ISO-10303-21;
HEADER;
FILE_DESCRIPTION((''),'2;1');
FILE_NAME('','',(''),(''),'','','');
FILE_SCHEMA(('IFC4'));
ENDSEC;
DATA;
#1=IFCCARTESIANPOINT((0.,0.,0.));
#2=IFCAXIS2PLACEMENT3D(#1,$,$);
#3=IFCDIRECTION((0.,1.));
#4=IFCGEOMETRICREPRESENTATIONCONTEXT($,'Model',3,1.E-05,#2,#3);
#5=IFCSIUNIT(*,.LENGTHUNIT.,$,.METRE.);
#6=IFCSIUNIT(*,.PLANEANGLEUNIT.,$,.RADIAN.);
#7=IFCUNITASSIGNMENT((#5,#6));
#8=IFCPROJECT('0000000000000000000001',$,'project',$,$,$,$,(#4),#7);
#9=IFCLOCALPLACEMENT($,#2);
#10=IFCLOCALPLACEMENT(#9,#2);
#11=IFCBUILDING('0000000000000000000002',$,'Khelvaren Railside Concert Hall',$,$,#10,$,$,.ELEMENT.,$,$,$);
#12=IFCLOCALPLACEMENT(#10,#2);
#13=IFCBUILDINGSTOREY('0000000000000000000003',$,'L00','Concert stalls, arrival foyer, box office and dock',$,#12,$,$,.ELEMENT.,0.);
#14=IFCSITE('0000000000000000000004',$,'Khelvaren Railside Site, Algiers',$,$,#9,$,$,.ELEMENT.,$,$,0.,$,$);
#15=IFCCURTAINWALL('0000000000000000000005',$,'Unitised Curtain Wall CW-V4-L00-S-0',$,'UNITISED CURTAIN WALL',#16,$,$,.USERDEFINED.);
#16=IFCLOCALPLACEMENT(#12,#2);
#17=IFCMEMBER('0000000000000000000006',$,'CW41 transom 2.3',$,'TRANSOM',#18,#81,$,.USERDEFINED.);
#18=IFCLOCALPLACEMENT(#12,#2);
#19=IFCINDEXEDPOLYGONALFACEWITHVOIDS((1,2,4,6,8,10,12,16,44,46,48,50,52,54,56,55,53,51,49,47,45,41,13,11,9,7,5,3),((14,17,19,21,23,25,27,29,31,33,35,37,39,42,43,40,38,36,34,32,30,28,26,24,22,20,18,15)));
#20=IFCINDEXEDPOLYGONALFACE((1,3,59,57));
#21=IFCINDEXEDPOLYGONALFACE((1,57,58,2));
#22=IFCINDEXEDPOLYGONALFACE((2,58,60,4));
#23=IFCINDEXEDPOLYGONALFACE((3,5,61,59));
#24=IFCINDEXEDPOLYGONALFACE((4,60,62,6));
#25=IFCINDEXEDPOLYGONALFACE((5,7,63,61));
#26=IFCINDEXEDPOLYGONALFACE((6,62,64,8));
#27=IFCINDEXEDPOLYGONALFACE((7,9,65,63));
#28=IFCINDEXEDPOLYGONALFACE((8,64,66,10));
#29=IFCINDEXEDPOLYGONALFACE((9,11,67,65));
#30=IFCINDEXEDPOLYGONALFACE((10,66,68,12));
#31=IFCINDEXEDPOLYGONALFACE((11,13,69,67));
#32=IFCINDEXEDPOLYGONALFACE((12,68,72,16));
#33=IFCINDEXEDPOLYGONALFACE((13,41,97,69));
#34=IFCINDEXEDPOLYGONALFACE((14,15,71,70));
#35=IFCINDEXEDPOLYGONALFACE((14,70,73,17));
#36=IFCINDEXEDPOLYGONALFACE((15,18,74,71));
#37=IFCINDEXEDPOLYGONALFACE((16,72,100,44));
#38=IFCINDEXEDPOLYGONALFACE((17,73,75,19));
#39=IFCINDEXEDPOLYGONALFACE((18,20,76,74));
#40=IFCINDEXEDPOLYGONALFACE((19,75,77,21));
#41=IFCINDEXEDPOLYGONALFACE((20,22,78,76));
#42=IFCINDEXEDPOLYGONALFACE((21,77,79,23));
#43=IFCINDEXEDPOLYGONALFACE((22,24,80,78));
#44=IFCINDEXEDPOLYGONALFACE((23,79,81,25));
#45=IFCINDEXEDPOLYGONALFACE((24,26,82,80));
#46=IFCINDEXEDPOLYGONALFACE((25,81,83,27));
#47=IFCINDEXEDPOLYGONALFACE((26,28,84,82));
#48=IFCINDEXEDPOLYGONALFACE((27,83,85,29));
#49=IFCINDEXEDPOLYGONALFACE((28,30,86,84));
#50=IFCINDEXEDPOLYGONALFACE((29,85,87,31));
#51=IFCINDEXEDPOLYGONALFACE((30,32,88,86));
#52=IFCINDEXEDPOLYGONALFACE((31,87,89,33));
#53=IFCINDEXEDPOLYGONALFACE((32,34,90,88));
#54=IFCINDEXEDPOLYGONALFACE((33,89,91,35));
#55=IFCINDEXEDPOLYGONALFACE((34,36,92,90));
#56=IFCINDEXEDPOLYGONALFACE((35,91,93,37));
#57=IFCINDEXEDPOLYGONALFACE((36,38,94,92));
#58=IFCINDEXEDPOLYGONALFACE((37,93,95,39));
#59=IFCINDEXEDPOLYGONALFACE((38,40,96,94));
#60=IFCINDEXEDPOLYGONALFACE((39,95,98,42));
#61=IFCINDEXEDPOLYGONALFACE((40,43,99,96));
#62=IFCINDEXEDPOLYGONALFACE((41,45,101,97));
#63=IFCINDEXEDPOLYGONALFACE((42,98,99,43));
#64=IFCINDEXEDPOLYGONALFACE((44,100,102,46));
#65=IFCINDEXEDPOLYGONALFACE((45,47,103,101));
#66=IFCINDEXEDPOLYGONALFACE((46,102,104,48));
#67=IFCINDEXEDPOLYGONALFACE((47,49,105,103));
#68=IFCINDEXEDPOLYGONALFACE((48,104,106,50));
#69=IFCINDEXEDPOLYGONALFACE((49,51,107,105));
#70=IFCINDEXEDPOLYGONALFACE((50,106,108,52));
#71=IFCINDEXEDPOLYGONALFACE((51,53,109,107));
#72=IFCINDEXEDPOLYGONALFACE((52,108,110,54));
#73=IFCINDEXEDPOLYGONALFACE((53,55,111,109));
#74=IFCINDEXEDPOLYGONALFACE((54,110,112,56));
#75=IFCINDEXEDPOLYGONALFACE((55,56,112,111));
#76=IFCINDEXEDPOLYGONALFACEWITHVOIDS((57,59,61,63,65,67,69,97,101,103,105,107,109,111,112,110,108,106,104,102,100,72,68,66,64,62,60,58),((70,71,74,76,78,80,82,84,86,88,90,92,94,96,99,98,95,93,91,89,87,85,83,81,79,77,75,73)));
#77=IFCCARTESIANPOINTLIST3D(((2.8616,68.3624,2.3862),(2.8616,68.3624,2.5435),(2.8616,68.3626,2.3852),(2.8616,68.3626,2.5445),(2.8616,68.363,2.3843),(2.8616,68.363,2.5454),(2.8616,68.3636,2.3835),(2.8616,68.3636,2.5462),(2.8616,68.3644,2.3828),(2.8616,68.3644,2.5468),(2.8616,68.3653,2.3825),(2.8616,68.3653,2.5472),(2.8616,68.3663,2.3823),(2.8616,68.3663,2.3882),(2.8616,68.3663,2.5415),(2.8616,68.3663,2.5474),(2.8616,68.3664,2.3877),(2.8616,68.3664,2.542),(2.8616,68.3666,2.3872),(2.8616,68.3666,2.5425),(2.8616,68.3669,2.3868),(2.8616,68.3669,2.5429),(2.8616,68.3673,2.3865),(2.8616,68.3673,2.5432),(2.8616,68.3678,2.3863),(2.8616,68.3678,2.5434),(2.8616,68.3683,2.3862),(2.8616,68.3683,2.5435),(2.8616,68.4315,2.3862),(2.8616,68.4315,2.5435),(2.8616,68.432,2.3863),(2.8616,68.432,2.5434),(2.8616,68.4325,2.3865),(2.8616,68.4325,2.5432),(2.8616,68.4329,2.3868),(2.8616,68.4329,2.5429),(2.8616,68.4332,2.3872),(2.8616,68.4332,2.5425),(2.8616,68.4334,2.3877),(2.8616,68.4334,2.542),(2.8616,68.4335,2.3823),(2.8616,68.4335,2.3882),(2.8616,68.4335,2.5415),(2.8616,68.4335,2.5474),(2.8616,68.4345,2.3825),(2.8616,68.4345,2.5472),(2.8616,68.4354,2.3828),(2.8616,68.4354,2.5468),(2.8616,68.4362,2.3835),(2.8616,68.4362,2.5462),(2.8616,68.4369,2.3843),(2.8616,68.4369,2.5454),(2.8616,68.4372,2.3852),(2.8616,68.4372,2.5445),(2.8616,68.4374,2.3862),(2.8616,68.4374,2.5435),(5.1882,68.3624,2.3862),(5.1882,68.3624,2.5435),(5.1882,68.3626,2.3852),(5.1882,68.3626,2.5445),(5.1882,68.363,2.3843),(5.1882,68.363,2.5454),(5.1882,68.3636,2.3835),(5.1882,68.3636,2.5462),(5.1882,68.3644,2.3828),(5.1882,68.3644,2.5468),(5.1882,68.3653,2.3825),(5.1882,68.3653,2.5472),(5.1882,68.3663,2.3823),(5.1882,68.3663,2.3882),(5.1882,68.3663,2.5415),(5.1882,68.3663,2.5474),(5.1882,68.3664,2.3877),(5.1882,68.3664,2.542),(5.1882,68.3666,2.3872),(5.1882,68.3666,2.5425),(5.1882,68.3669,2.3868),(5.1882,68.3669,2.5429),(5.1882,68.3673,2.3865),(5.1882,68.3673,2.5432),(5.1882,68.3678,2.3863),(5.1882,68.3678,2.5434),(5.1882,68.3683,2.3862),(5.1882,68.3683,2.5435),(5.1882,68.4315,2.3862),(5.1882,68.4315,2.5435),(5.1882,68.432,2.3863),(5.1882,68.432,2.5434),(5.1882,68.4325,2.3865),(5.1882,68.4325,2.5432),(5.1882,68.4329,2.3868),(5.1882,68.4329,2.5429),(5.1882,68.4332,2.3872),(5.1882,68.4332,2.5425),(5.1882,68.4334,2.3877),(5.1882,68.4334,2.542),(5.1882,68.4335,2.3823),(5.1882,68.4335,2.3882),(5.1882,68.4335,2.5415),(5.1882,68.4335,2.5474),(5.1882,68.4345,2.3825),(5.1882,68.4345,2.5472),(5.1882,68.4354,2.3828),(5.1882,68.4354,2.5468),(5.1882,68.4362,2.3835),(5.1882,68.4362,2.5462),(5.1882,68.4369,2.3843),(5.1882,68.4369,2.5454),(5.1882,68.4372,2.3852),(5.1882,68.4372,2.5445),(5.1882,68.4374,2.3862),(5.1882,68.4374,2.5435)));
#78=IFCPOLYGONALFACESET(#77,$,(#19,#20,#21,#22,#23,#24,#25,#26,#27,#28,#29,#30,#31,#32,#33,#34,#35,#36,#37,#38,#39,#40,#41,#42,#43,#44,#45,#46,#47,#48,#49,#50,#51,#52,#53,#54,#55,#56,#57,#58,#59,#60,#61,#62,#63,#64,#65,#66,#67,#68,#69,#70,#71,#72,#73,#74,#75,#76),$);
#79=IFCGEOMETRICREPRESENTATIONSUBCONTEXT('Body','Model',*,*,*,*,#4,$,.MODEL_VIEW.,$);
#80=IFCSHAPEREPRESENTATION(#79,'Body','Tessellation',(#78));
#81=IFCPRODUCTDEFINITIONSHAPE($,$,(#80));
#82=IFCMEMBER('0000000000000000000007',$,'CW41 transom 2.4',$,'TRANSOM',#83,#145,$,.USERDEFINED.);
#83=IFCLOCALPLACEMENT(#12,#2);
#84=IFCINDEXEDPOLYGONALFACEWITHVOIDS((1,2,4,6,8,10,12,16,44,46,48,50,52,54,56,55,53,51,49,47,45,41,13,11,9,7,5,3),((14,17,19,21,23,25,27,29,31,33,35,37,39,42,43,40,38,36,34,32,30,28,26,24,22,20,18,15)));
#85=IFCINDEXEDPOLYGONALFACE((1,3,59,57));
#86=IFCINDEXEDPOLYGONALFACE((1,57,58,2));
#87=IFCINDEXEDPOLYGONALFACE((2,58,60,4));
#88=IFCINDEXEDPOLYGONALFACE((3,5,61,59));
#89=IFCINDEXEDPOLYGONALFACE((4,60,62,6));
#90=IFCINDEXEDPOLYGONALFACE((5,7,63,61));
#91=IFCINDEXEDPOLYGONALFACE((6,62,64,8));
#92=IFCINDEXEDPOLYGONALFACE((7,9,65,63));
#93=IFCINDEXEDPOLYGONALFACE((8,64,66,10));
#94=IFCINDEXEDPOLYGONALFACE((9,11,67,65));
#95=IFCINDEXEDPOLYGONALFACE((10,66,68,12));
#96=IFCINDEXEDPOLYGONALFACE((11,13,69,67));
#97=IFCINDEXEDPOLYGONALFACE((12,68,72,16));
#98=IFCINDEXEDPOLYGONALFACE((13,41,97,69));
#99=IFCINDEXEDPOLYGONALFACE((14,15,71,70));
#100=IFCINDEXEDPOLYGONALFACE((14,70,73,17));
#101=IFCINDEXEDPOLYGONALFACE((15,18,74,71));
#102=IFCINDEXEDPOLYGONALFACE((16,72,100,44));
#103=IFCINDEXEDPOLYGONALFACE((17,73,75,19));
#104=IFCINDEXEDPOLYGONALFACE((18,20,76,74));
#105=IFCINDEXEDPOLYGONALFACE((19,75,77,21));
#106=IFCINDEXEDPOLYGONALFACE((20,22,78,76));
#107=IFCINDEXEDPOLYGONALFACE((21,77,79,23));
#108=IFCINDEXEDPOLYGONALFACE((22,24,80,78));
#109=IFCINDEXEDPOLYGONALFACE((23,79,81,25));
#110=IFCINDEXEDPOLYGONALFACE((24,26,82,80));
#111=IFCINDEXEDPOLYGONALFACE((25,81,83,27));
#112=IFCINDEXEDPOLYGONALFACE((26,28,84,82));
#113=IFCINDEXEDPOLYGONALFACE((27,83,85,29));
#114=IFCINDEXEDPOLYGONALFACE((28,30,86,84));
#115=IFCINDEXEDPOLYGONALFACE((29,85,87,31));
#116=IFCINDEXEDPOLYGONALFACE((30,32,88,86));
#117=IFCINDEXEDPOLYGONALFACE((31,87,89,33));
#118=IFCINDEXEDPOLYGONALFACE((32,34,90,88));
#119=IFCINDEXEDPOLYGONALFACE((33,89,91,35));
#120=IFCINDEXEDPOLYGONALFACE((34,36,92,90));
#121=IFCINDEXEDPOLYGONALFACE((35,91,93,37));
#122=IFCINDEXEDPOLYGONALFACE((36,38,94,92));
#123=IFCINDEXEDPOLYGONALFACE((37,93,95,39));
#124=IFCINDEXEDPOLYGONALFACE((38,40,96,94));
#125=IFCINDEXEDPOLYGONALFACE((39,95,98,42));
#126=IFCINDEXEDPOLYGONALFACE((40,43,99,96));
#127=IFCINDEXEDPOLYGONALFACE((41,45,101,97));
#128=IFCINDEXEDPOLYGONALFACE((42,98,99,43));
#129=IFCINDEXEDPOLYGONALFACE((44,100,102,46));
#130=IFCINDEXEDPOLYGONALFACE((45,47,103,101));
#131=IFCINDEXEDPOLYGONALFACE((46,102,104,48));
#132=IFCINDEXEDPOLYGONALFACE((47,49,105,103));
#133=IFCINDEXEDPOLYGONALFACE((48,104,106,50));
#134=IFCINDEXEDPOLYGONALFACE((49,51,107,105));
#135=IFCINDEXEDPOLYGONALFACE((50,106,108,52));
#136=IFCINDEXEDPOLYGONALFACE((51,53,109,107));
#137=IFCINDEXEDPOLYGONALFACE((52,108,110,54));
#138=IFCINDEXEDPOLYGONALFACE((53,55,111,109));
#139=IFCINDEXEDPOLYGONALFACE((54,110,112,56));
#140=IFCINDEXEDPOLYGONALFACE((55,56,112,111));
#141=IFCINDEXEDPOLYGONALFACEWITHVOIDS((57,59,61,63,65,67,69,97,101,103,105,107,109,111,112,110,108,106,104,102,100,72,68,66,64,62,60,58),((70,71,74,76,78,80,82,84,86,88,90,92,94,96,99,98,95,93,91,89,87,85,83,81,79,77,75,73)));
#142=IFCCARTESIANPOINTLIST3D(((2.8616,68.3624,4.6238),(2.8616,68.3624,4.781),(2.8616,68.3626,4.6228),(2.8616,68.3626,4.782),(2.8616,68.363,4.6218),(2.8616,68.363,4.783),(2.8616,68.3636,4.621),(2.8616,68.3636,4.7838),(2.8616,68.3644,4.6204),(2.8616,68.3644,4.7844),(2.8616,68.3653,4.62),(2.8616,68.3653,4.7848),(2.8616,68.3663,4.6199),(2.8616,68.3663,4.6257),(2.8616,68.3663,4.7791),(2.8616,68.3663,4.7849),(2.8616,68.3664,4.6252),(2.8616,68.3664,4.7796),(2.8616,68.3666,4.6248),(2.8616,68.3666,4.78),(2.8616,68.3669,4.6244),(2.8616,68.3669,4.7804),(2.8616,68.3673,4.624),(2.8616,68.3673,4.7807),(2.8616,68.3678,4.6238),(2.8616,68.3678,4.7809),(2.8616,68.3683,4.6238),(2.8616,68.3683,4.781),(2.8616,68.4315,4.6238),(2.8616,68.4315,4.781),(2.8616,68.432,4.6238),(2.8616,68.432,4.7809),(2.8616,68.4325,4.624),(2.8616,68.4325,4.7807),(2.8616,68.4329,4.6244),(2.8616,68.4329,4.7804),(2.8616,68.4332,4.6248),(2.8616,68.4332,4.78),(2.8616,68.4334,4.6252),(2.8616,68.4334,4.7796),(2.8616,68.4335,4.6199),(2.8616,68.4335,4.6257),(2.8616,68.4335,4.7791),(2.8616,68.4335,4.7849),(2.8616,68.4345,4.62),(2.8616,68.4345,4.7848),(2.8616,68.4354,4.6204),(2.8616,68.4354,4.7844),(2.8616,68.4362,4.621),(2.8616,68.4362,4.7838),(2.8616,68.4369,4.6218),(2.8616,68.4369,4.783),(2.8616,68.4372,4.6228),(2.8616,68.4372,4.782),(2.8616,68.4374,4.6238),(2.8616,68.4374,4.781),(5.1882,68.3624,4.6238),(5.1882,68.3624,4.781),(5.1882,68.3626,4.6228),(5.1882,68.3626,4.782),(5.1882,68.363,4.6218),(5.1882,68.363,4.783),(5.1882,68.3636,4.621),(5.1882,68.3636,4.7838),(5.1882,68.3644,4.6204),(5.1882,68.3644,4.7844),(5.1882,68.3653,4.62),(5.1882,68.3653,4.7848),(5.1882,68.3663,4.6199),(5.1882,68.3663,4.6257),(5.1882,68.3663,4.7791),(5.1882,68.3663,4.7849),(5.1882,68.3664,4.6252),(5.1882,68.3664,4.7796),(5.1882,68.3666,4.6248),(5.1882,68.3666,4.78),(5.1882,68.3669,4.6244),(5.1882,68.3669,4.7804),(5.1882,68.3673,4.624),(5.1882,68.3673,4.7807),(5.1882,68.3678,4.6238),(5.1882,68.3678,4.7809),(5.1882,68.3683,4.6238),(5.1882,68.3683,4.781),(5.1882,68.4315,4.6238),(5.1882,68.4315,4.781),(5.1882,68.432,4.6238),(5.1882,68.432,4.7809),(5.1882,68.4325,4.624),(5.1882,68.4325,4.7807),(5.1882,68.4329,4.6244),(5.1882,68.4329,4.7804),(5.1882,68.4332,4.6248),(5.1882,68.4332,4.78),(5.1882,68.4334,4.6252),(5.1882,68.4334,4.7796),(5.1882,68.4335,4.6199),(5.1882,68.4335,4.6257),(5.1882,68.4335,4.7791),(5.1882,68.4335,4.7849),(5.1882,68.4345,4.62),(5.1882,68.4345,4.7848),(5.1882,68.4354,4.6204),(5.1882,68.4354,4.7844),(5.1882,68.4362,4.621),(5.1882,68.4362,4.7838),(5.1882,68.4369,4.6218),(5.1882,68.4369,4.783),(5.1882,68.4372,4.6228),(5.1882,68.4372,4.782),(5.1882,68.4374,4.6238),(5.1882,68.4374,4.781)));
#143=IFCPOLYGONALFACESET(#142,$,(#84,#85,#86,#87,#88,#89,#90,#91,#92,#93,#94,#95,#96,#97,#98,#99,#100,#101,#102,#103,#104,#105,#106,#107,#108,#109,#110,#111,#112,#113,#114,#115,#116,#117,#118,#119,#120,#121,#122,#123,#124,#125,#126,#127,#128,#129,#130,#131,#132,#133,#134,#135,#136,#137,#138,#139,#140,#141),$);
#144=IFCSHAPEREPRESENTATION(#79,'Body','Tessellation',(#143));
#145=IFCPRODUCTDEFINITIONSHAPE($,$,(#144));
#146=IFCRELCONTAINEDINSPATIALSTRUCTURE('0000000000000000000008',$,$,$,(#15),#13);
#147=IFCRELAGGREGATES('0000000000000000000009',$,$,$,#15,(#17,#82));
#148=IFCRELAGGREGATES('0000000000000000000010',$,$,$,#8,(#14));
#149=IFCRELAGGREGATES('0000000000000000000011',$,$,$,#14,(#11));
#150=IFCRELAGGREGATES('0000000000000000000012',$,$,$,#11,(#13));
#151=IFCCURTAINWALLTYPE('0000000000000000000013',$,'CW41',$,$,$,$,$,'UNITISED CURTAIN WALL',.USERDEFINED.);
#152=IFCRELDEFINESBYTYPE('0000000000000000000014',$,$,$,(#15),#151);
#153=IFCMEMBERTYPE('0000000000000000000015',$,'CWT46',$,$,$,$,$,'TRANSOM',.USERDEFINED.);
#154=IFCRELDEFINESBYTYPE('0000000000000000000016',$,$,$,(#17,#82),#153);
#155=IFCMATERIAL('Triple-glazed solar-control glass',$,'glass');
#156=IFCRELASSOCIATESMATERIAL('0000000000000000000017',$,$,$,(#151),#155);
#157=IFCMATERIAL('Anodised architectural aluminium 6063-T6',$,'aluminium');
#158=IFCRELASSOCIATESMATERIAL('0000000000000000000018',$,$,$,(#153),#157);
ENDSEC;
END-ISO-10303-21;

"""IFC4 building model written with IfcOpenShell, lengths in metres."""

from ifc_helpers import new_model, si_unit, direction, frame, origin, origin_2d, place, context, subcontext, project, spatial, hollow_rectangle, extrude, material, material_profile, profile_set, type_object, element, aggregate, save


model = new_model("IFC4")

# Units and contexts
model_context = context("Model", 3, precision=1e-05, world=origin(), true_north=direction((0.0, 1.0)))
body_context = subcontext(model_context, "Body", "Model", "MODEL_VIEW")
ifc_project = project(units=[si_unit("LENGTHUNIT", "METRE"), si_unit("PLANEANGLEUNIT", "RADIAN")], contexts=[model_context])

# Site, building, storey
site_placement = place(None, origin())
site = spatial("IfcSite", under=ifc_project, at=site_placement, Name="Khelvaren Railside Site, Algiers", CompositionType="ELEMENT", RefElevation=0.0)
building_placement = place(site_placement, origin())
building = spatial("IfcBuilding", under=site, at=building_placement, Name="Khelvaren Railside Concert Hall", CompositionType="ELEMENT")
storey_placement = place(building_placement, origin())
storey = spatial("IfcBuildingStorey", under=building, at=storey_placement, Name="L00", Description="Concert stalls, arrival foyer, box office and dock", CompositionType="ELEMENT", Elevation=0.0)

# Curtain wall
ifc_material_1 = material(Name="Triple-glazed solar-control glass", Category="glass")
curtain_wall_type_1 = type_object("IfcCurtainWallType", Name="CW41", ElementType="UNITISED CURTAIN WALL", PredefinedType="USERDEFINED", material=ifc_material_1)
curtain_wall_1_placement = place(storey_placement, origin())
curtain_wall_1 = element("IfcCurtainWall", 1, at=curtain_wall_1_placement, inside=storey, type_object=curtain_wall_type_1, Name="Unitised Curtain Wall CW-V4-L00-S-0", ObjectType="UNITISED CURTAIN WALL", PredefinedType="USERDEFINED")
ifc_material_2 = material(Name="Anodised architectural aluminium 6063-T6", Category="aluminium")

# Members
ifc_material_profile_1 = material_profile(ifc_material_2, hollow_rectangle(XDim=0.075, YDim=0.165, WallThickness=0.0039, InnerFilletRadius=0.002, OuterFilletRadius=0.0039, at=origin_2d()), Name="CWT 75x165x4")
ifc_profile_set_1 = profile_set([ifc_material_profile_1], Name="Anodised architectural aluminium 6063-T6")
member_type_1 = type_object("IfcMemberType", Name="CWT46", ElementType="TRANSOM", PredefinedType="USERDEFINED", material=ifc_profile_set_1)
member_1_placement = place(storey_placement, frame((5.1882, 68.3999, 2.4648), z_axis=(-1.0, 0.0, 0.0), x_axis=(0.0, -1.0, 0.0)))
member_1 = element("IfcMember", 2, at=member_1_placement, type_object=member_type_1, Name="CW41 transom 2.3", ObjectType="TRANSOM", PredefinedType="USERDEFINED", context=body_context, shape_type="SweptSolid", body=[
    extrude(hollow_rectangle(XDim=0.075, YDim=0.165, WallThickness=0.0039, InnerFilletRadius=0.002, OuterFilletRadius=0.0039, at=origin_2d()), origin(), (0.0, 0.0, 1.0), 2.3267),
])
member_2_placement = place(storey_placement, frame((5.1882, 68.3999, 4.7024), z_axis=(-1.0, 0.0, 0.0), x_axis=(0.0, -1.0, 0.0)))
member_2 = element("IfcMember", 3, at=member_2_placement, type_object=member_type_1, Name="CW41 transom 2.4", ObjectType="TRANSOM", PredefinedType="USERDEFINED", context=body_context, shape_type="SweptSolid", body=[
    extrude(hollow_rectangle(XDim=0.075, YDim=0.165, WallThickness=0.0039, InnerFilletRadius=0.002, OuterFilletRadius=0.0039, at=origin_2d()), origin(), (0.0, 0.0, 1.0), 2.3267),
])

aggregate(curtain_wall_1, [member_1, member_2])

save(model, "model.ifc")
